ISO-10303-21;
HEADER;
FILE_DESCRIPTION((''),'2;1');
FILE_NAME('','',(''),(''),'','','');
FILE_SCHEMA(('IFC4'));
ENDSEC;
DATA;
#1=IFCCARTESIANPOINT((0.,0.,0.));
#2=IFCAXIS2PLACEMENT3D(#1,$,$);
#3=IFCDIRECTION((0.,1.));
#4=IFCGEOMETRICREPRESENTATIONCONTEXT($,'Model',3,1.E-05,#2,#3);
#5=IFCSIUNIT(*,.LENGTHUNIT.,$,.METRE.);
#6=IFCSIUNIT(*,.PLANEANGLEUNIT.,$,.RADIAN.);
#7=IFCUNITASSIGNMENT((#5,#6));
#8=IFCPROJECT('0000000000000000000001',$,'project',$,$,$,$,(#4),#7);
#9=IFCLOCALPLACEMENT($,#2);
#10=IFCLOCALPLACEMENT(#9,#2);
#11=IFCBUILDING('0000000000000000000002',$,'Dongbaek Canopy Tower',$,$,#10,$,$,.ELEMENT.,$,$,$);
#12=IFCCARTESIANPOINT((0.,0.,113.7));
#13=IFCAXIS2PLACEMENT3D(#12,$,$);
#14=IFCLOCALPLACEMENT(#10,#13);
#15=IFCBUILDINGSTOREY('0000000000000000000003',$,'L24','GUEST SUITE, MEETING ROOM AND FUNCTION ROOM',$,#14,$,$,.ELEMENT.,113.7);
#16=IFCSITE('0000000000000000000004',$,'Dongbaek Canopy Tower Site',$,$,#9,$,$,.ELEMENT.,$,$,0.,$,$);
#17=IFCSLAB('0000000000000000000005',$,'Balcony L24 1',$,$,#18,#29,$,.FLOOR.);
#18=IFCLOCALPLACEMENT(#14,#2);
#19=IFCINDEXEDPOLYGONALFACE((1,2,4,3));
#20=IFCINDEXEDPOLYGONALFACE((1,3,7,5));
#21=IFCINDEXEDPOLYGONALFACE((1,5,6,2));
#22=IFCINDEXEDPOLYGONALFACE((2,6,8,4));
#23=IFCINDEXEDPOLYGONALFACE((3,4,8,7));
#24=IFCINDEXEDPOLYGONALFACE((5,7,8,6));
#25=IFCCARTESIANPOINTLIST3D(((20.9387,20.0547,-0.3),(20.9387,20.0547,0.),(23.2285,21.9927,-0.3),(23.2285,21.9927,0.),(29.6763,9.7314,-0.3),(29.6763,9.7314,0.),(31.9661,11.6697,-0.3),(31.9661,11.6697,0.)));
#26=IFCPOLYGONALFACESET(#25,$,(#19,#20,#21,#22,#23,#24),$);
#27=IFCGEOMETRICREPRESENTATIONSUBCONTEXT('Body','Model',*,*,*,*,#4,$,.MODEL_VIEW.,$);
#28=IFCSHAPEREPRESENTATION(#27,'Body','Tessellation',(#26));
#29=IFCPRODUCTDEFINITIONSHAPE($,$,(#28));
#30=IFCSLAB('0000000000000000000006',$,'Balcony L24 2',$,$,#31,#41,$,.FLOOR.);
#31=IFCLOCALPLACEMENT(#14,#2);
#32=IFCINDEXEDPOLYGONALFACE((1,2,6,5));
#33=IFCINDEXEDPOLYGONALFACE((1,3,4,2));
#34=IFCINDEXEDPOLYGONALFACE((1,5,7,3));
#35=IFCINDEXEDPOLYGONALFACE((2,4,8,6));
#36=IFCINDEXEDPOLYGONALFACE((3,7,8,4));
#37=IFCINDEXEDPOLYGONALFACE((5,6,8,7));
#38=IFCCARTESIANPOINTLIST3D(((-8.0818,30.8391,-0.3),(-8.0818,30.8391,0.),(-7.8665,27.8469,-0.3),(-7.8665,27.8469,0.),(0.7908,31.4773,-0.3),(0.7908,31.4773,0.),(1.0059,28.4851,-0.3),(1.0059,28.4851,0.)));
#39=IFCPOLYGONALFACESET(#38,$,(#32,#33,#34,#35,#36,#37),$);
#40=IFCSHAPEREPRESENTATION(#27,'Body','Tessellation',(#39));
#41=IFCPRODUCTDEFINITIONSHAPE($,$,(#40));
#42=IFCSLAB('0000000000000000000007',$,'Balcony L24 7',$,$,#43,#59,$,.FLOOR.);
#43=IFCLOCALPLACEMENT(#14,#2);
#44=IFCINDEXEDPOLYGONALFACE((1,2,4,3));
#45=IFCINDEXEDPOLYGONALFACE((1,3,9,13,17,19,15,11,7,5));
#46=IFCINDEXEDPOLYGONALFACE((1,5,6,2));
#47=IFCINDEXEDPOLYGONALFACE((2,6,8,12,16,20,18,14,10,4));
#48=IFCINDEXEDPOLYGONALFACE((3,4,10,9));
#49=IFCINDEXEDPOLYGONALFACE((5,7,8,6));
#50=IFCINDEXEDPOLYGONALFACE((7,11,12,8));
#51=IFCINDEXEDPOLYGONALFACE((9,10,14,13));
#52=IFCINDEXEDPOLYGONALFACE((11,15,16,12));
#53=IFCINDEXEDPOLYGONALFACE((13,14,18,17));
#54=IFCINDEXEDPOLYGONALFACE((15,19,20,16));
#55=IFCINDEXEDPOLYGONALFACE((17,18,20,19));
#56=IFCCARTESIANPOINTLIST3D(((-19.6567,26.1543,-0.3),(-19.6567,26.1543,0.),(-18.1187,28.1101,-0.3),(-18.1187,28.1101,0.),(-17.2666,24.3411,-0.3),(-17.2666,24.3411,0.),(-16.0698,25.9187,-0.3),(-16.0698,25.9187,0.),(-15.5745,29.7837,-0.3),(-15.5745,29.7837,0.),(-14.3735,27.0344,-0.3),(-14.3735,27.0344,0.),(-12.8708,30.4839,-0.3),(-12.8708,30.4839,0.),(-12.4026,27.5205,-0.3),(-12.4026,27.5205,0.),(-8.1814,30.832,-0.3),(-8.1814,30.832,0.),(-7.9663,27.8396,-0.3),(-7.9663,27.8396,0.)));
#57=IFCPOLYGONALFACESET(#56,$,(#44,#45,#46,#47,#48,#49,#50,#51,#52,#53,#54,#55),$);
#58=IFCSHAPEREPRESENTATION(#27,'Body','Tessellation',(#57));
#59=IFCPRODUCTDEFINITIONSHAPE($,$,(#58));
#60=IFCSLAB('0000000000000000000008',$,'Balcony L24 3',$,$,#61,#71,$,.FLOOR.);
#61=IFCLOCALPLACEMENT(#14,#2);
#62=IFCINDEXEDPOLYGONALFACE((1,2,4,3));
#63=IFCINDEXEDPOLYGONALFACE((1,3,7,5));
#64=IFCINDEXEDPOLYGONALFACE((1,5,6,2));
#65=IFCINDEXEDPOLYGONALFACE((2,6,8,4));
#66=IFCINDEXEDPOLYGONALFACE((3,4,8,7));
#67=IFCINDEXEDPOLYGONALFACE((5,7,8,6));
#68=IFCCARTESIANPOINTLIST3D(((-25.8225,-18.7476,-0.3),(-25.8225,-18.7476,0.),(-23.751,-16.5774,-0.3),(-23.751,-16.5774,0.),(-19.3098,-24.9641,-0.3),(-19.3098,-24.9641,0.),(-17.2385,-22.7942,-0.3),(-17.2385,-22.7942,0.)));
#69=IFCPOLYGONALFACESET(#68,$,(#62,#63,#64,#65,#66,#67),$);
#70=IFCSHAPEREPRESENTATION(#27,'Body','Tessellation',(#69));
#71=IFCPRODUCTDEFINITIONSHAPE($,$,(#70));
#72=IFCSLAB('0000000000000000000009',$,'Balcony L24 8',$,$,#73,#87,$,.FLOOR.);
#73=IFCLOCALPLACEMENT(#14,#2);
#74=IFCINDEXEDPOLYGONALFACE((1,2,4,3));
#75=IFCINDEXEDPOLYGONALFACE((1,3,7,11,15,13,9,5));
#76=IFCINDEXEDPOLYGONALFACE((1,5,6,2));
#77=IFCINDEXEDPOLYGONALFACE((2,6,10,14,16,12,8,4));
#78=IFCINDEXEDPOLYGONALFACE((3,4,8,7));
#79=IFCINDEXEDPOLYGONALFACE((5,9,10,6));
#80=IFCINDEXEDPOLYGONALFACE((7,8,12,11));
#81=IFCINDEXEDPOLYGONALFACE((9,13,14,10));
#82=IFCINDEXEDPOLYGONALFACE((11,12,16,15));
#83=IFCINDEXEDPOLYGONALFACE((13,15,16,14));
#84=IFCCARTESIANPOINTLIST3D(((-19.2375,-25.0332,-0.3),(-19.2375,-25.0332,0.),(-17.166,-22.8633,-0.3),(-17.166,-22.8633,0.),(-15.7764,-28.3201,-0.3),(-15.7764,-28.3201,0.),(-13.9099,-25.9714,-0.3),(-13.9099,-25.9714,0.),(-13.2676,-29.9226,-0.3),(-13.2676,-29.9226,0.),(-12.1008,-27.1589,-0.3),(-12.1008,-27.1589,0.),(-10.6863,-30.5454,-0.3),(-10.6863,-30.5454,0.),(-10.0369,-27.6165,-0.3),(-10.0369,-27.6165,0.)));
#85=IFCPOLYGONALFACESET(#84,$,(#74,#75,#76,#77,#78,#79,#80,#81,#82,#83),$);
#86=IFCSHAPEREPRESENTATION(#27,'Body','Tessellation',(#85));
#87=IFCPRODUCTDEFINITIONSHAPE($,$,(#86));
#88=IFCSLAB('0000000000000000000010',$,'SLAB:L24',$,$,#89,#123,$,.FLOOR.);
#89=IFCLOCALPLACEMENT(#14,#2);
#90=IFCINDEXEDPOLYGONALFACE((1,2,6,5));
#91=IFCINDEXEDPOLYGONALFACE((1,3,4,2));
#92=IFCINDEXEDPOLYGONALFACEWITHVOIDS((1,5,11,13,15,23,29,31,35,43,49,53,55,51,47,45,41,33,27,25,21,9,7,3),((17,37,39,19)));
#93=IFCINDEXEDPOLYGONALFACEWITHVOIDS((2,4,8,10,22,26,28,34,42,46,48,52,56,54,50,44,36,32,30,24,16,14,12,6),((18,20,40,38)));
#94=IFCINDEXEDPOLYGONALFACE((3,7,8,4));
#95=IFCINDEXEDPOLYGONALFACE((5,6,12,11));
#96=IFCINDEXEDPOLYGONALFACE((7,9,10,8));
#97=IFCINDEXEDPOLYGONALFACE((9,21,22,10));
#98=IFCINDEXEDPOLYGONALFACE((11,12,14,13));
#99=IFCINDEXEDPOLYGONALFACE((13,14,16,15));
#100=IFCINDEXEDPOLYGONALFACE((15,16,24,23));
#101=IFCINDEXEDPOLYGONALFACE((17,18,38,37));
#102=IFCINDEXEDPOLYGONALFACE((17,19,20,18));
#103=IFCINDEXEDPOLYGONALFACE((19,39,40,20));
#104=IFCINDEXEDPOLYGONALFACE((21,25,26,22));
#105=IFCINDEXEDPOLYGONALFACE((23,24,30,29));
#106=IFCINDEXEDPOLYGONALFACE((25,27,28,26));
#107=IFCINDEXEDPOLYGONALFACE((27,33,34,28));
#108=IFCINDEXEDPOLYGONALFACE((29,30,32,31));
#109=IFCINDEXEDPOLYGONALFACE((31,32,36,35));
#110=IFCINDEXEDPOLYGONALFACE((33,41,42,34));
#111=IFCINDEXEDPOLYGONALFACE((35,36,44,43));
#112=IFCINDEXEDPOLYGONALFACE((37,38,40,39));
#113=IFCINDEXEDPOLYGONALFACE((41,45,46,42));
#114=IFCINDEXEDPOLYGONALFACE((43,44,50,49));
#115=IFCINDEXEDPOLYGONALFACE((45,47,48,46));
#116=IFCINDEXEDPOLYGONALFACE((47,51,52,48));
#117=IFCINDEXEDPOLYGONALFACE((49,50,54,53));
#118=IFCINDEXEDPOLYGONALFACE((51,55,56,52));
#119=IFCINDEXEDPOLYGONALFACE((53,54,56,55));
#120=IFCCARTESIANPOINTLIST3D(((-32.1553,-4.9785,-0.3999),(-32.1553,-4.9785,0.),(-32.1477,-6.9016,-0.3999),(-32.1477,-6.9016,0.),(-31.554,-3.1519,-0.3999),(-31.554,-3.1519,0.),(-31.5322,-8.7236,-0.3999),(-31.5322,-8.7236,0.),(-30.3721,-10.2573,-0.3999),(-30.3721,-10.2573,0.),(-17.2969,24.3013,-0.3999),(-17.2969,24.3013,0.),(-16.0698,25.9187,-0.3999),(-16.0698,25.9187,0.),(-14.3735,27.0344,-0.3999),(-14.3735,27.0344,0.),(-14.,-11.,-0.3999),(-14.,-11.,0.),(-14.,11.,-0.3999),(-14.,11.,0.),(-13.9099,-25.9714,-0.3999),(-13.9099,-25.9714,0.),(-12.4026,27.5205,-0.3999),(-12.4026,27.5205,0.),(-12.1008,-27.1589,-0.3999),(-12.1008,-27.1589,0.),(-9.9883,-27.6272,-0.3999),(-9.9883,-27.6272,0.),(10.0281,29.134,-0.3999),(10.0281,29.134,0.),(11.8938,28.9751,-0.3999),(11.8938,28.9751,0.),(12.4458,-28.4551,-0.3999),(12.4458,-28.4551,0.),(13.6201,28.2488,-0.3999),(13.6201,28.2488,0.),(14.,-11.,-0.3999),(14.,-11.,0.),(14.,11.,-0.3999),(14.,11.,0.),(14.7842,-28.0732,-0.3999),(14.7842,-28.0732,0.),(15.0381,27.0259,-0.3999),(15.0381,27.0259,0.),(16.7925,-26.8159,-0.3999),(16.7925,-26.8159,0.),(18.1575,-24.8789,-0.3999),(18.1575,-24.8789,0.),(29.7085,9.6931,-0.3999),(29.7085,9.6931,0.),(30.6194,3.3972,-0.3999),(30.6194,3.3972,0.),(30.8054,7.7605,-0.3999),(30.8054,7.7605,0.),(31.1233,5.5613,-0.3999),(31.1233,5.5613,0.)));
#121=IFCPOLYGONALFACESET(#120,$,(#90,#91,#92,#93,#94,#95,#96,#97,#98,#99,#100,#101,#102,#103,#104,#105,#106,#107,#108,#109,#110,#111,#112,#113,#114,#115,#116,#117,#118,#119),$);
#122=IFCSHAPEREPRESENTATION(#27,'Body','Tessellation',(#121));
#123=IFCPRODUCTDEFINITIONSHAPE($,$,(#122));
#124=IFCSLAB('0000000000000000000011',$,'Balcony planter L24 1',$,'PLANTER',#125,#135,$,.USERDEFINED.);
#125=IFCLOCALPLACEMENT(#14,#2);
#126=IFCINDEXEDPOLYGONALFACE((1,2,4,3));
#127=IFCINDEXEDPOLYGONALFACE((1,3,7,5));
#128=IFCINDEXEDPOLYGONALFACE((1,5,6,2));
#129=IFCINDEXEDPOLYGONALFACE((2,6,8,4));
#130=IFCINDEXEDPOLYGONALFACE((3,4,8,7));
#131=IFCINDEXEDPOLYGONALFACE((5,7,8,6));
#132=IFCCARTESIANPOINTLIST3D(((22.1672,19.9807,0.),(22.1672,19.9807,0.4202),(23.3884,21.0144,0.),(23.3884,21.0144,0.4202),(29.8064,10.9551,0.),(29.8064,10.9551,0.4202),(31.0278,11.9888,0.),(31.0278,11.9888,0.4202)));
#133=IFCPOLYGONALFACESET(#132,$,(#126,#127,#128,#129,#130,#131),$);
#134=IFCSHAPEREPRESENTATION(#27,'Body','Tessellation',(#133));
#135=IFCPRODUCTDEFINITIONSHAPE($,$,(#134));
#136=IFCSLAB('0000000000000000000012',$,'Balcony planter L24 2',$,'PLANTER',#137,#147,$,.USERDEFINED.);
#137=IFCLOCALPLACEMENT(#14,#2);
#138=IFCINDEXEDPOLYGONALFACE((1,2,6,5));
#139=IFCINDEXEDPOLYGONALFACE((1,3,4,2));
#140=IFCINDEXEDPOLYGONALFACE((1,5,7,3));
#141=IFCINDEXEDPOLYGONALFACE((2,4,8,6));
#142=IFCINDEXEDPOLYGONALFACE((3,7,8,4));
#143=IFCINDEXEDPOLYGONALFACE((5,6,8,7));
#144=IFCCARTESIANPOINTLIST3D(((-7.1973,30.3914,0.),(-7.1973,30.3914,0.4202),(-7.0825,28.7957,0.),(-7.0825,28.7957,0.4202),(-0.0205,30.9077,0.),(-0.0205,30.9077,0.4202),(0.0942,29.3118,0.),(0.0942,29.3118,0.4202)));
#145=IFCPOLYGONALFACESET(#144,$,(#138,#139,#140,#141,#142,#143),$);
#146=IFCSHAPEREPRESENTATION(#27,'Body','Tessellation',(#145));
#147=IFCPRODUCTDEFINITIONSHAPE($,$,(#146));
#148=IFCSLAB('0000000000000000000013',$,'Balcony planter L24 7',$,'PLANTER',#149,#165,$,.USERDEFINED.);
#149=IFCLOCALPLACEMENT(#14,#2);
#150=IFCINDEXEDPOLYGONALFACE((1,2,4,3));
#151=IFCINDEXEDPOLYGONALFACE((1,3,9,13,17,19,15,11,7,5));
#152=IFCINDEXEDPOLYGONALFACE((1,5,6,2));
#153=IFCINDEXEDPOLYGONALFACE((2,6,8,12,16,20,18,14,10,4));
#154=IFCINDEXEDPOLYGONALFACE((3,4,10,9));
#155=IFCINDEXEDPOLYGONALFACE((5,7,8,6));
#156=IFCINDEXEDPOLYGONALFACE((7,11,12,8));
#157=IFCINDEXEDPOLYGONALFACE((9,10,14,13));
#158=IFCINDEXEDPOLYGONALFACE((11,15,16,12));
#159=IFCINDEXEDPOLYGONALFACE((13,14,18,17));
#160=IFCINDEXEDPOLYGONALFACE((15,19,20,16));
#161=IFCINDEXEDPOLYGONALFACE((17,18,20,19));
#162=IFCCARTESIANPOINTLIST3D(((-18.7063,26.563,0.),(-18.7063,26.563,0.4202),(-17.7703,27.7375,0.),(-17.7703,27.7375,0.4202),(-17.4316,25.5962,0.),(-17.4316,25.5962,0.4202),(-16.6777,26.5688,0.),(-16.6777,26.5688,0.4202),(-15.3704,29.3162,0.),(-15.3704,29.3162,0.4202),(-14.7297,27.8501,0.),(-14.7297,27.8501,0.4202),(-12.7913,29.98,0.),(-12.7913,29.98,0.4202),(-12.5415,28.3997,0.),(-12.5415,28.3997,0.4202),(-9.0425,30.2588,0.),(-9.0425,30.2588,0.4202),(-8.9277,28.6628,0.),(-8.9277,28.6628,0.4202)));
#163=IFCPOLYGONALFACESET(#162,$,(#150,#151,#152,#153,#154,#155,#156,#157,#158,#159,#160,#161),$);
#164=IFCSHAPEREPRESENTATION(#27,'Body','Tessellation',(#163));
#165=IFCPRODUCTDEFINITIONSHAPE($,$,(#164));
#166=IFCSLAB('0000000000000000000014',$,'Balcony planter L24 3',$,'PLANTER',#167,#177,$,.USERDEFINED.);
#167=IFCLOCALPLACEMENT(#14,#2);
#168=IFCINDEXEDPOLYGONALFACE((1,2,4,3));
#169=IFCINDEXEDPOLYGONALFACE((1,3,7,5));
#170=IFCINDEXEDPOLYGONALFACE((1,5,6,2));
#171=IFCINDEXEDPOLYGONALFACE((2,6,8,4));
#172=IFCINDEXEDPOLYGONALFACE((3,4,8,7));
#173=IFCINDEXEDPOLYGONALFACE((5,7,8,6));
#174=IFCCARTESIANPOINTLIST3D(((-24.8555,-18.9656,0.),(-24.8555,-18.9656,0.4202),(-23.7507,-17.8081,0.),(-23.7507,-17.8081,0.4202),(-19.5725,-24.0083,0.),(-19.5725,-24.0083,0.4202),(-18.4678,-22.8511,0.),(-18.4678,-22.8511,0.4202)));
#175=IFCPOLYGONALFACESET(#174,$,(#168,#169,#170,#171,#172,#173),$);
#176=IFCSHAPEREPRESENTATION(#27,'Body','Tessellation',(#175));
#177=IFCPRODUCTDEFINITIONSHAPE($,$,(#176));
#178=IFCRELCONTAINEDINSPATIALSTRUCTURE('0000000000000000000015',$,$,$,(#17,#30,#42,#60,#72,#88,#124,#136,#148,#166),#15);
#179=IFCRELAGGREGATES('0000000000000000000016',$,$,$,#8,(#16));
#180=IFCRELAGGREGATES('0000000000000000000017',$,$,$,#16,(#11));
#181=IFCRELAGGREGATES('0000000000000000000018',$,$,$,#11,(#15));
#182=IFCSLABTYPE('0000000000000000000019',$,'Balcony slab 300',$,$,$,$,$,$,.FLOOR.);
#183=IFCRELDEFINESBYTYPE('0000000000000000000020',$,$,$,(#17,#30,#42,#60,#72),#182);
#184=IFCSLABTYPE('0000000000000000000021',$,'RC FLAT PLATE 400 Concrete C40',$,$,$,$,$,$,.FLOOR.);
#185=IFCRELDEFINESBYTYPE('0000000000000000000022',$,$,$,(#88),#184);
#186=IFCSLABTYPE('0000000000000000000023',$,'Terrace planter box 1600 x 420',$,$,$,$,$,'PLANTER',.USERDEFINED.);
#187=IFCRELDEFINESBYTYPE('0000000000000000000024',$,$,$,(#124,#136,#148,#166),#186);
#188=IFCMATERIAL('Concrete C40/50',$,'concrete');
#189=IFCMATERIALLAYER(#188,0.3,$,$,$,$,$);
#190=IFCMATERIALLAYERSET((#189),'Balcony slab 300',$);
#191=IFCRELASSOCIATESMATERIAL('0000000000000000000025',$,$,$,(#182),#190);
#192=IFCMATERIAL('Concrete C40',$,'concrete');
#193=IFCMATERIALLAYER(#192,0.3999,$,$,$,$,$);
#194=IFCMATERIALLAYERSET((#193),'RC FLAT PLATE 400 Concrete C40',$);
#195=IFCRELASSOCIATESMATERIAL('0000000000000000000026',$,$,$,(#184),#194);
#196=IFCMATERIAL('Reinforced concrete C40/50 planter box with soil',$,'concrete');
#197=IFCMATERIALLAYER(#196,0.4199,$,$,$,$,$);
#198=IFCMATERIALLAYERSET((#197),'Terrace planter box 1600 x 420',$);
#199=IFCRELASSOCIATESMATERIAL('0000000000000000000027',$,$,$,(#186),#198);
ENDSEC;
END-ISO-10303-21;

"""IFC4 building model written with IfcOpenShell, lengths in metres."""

from ifc_helpers import new_model, si_unit, direction, frame, origin, place, context, subcontext, project, spatial, polyline, outline, extrude, material, layer, layer_set, type_object, element, save


model = new_model("IFC4")

# Units and contexts
model_context = context("Model", 3, precision=1e-05, world=origin(), true_north=direction((0.0, 1.0)))
body_context = subcontext(model_context, "Body", "Model", "MODEL_VIEW")
ifc_project = project(units=[si_unit("LENGTHUNIT", "METRE"), si_unit("PLANEANGLEUNIT", "RADIAN")], contexts=[model_context])

# Site, building, storey
site_placement = place(None, origin())
site = spatial("IfcSite", under=ifc_project, at=site_placement, Name="Dongbaek Canopy Tower Site", CompositionType="ELEMENT", RefElevation=0.0)
building_placement = place(site_placement, origin())
building = spatial("IfcBuilding", under=site, at=building_placement, Name="Dongbaek Canopy Tower", CompositionType="ELEMENT")
storey_placement = place(building_placement, frame((0.0, 0.0, 113.7)))
storey = spatial("IfcBuildingStorey", under=building, at=storey_placement, Name="L24", Description="GUEST SUITE, MEETING ROOM AND FUNCTION ROOM", CompositionType="ELEMENT", Elevation=113.7)

# Slabs
ifc_material_1 = material(Name="Concrete C40/50", Category="concrete")
ifc_layer_1 = layer(ifc_material_1, 0.3)
ifc_layer_set_1 = layer_set([ifc_layer_1], Name="Balcony slab 300")
slab_type_1 = type_object("IfcSlabType", Name="Balcony slab 300", PredefinedType="FLOOR", material=ifc_layer_set_1)
slab_1_placement = place(storey_placement, frame((0.0, 0.0, -0.3)))
element("IfcSlab", 1, at=slab_1_placement, inside=storey, type_object=slab_type_1, Name="Balcony L24 1", PredefinedType="FLOOR", context=body_context, shape_type="SweptSolid", body=[
    extrude(outline(polyline([(29.6763, 9.7314), (20.9387, 20.0547), (23.2285, 21.9927), (31.9661, 11.6697), (29.6763, 9.7314)])), origin(), (0.0, 0.0, 1.0), 0.3),
])
slab_2_placement = place(storey_placement, frame((0.0, 0.0, -0.3)))
element("IfcSlab", 2, at=slab_2_placement, inside=storey, type_object=slab_type_1, Name="Balcony L24 2", PredefinedType="FLOOR", context=body_context, shape_type="SweptSolid", body=[
    extrude(outline(polyline([(1.0059, 28.4851), (-7.8665, 27.8469), (-8.0818, 30.8391), (0.7908, 31.4773), (1.0059, 28.4851)])), origin(), (0.0, 0.0, 1.0), 0.3),
])
slab_3_placement = place(storey_placement, frame((0.0, 0.0, -0.3)))
element("IfcSlab", 3, at=slab_3_placement, inside=storey, type_object=slab_type_1, Name="Balcony L24 7", PredefinedType="FLOOR", context=body_context, shape_type="SweptSolid", body=[
    extrude(outline(polyline([(-7.9663, 27.8396), (-12.4026, 27.5205), (-14.3735, 27.0344), (-16.0698, 25.9187), (-17.2666, 24.3411), (-19.6567, 26.1543), (-18.1187, 28.1101), (-15.5745, 29.7837), (-12.8708, 30.4839), (-8.1814, 30.832), (-7.9663, 27.8396)])), origin(), (0.0, 0.0, 1.0), 0.3),
])
slab_4_placement = place(storey_placement, frame((0.0, 0.0, -0.3)))
element("IfcSlab", 4, at=slab_4_placement, inside=storey, type_object=slab_type_1, Name="Balcony L24 3", PredefinedType="FLOOR", context=body_context, shape_type="SweptSolid", body=[
    extrude(outline(polyline([(-23.751, -16.5774), (-17.2385, -22.7942), (-19.3098, -24.9641), (-25.8225, -18.7476), (-23.751, -16.5774)])), origin(), (0.0, 0.0, 1.0), 0.3),
])
slab_5_placement = place(storey_placement, frame((0.0, 0.0, -0.3)))
element("IfcSlab", 5, at=slab_5_placement, inside=storey, type_object=slab_type_1, Name="Balcony L24 8", PredefinedType="FLOOR", context=body_context, shape_type="SweptSolid", body=[
    extrude(outline(polyline([(-17.166, -22.8633), (-13.9099, -25.9714), (-12.1008, -27.1589), (-10.0369, -27.6165), (-10.6863, -30.5454), (-13.2676, -29.9226), (-15.7764, -28.3201), (-19.2375, -25.0332), (-17.166, -22.8633)])), origin(), (0.0, 0.0, 1.0), 0.3),
])
ifc_material_2 = material(Name="Concrete C40", Category="concrete")
ifc_layer_2 = layer(ifc_material_2, 0.3999)
ifc_layer_set_2 = layer_set([ifc_layer_2], Name="RC FLAT PLATE 400 Concrete C40")
slab_type_2 = type_object("IfcSlabType", Name="RC FLAT PLATE 400 Concrete C40", PredefinedType="FLOOR", material=ifc_layer_set_2)
slab_6_placement = place(storey_placement, frame((0.0, 0.0, -0.3999)))
element("IfcSlab", 6, at=slab_6_placement, inside=storey, type_object=slab_type_2, Name="SLAB:L24", PredefinedType="FLOOR", context=body_context, shape_type="SweptSolid", body=[
    extrude(outline(polyline([(18.1575, -24.8789), (16.7925, -26.8159), (14.7842, -28.0732), (12.4458, -28.4551), (-9.9883, -27.6272), (-12.1008, -27.1589), (-13.9099, -25.9714), (-30.3721, -10.2573), (-31.5322, -8.7236), (-32.1477, -6.9016), (-32.1553, -4.9785), (-31.554, -3.1519), (-17.2969, 24.3013), (-16.0698, 25.9187), (-14.3735, 27.0344), (-12.4026, 27.5205), (10.0281, 29.134), (11.8938, 28.9751), (13.6201, 28.2488), (15.0381, 27.0259), (29.7085, 9.6931), (30.8054, 7.7605), (31.1233, 5.5613), (30.6194, 3.3972), (18.1575, -24.8789)]), holes=[polyline([(14.0, 11.0), (-14.0, 11.0), (-14.0, -11.0), (14.0, -11.0), (14.0, 11.0)])]), origin(), (0.0, 0.0, 1.0), 0.3999),
])
ifc_material_3 = material(Name="Reinforced concrete C40/50 planter box with soil", Category="concrete")
ifc_layer_3 = layer(ifc_material_3, 0.4199)
ifc_layer_set_3 = layer_set([ifc_layer_3], Name="Terrace planter box 1600 x 420")
slab_type_3 = type_object("IfcSlabType", Name="Terrace planter box 1600 x 420", ElementType="PLANTER", PredefinedType="USERDEFINED", material=ifc_layer_set_3)
slab_7_placement = place(storey_placement, origin())
element("IfcSlab", 7, at=slab_7_placement, inside=storey, type_object=slab_type_3, Name="Balcony planter L24 1", ObjectType="PLANTER", PredefinedType="USERDEFINED", context=body_context, shape_type="SweptSolid", body=[
    extrude(outline(polyline([(29.8064, 10.9551), (22.1672, 19.9807), (23.3884, 21.0144), (31.0278, 11.9888), (29.8064, 10.9551)])), origin(), (0.0, 0.0, 1.0), 0.4202),
])
slab_8_placement = place(storey_placement, origin())
element("IfcSlab", 8, at=slab_8_placement, inside=storey, type_object=slab_type_3, Name="Balcony planter L24 2", ObjectType="PLANTER", PredefinedType="USERDEFINED", context=body_context, shape_type="SweptSolid", body=[
    extrude(outline(polyline([(0.0942, 29.3118), (-7.0825, 28.7957), (-7.1973, 30.3914), (-0.0205, 30.9077), (0.0942, 29.3118)])), origin(), (0.0, 0.0, 1.0), 0.4202),
])
slab_9_placement = place(storey_placement, origin())
element("IfcSlab", 9, at=slab_9_placement, inside=storey, type_object=slab_type_3, Name="Balcony planter L24 7", ObjectType="PLANTER", PredefinedType="USERDEFINED", context=body_context, shape_type="SweptSolid", body=[
    extrude(outline(polyline([(-8.9277, 28.6628), (-12.5415, 28.3997), (-14.7297, 27.8501), (-16.6777, 26.5688), (-17.4316, 25.5962), (-18.7063, 26.563), (-17.7703, 27.7375), (-15.3704, 29.3162), (-12.7913, 29.98), (-9.0425, 30.2588), (-8.9277, 28.6628)])), origin(), (0.0, 0.0, 1.0), 0.4202),
])
slab_10_placement = place(storey_placement, origin())
element("IfcSlab", 10, at=slab_10_placement, inside=storey, type_object=slab_type_3, Name="Balcony planter L24 3", ObjectType="PLANTER", PredefinedType="USERDEFINED", context=body_context, shape_type="SweptSolid", body=[
    extrude(outline(polyline([(-23.7507, -17.8081), (-18.4678, -22.8511), (-19.5725, -24.0083), (-24.8555, -18.9656), (-23.7507, -17.8081)])), origin(), (0.0, 0.0, 1.0), 0.4202),
])

save(model, "model.ifc")
